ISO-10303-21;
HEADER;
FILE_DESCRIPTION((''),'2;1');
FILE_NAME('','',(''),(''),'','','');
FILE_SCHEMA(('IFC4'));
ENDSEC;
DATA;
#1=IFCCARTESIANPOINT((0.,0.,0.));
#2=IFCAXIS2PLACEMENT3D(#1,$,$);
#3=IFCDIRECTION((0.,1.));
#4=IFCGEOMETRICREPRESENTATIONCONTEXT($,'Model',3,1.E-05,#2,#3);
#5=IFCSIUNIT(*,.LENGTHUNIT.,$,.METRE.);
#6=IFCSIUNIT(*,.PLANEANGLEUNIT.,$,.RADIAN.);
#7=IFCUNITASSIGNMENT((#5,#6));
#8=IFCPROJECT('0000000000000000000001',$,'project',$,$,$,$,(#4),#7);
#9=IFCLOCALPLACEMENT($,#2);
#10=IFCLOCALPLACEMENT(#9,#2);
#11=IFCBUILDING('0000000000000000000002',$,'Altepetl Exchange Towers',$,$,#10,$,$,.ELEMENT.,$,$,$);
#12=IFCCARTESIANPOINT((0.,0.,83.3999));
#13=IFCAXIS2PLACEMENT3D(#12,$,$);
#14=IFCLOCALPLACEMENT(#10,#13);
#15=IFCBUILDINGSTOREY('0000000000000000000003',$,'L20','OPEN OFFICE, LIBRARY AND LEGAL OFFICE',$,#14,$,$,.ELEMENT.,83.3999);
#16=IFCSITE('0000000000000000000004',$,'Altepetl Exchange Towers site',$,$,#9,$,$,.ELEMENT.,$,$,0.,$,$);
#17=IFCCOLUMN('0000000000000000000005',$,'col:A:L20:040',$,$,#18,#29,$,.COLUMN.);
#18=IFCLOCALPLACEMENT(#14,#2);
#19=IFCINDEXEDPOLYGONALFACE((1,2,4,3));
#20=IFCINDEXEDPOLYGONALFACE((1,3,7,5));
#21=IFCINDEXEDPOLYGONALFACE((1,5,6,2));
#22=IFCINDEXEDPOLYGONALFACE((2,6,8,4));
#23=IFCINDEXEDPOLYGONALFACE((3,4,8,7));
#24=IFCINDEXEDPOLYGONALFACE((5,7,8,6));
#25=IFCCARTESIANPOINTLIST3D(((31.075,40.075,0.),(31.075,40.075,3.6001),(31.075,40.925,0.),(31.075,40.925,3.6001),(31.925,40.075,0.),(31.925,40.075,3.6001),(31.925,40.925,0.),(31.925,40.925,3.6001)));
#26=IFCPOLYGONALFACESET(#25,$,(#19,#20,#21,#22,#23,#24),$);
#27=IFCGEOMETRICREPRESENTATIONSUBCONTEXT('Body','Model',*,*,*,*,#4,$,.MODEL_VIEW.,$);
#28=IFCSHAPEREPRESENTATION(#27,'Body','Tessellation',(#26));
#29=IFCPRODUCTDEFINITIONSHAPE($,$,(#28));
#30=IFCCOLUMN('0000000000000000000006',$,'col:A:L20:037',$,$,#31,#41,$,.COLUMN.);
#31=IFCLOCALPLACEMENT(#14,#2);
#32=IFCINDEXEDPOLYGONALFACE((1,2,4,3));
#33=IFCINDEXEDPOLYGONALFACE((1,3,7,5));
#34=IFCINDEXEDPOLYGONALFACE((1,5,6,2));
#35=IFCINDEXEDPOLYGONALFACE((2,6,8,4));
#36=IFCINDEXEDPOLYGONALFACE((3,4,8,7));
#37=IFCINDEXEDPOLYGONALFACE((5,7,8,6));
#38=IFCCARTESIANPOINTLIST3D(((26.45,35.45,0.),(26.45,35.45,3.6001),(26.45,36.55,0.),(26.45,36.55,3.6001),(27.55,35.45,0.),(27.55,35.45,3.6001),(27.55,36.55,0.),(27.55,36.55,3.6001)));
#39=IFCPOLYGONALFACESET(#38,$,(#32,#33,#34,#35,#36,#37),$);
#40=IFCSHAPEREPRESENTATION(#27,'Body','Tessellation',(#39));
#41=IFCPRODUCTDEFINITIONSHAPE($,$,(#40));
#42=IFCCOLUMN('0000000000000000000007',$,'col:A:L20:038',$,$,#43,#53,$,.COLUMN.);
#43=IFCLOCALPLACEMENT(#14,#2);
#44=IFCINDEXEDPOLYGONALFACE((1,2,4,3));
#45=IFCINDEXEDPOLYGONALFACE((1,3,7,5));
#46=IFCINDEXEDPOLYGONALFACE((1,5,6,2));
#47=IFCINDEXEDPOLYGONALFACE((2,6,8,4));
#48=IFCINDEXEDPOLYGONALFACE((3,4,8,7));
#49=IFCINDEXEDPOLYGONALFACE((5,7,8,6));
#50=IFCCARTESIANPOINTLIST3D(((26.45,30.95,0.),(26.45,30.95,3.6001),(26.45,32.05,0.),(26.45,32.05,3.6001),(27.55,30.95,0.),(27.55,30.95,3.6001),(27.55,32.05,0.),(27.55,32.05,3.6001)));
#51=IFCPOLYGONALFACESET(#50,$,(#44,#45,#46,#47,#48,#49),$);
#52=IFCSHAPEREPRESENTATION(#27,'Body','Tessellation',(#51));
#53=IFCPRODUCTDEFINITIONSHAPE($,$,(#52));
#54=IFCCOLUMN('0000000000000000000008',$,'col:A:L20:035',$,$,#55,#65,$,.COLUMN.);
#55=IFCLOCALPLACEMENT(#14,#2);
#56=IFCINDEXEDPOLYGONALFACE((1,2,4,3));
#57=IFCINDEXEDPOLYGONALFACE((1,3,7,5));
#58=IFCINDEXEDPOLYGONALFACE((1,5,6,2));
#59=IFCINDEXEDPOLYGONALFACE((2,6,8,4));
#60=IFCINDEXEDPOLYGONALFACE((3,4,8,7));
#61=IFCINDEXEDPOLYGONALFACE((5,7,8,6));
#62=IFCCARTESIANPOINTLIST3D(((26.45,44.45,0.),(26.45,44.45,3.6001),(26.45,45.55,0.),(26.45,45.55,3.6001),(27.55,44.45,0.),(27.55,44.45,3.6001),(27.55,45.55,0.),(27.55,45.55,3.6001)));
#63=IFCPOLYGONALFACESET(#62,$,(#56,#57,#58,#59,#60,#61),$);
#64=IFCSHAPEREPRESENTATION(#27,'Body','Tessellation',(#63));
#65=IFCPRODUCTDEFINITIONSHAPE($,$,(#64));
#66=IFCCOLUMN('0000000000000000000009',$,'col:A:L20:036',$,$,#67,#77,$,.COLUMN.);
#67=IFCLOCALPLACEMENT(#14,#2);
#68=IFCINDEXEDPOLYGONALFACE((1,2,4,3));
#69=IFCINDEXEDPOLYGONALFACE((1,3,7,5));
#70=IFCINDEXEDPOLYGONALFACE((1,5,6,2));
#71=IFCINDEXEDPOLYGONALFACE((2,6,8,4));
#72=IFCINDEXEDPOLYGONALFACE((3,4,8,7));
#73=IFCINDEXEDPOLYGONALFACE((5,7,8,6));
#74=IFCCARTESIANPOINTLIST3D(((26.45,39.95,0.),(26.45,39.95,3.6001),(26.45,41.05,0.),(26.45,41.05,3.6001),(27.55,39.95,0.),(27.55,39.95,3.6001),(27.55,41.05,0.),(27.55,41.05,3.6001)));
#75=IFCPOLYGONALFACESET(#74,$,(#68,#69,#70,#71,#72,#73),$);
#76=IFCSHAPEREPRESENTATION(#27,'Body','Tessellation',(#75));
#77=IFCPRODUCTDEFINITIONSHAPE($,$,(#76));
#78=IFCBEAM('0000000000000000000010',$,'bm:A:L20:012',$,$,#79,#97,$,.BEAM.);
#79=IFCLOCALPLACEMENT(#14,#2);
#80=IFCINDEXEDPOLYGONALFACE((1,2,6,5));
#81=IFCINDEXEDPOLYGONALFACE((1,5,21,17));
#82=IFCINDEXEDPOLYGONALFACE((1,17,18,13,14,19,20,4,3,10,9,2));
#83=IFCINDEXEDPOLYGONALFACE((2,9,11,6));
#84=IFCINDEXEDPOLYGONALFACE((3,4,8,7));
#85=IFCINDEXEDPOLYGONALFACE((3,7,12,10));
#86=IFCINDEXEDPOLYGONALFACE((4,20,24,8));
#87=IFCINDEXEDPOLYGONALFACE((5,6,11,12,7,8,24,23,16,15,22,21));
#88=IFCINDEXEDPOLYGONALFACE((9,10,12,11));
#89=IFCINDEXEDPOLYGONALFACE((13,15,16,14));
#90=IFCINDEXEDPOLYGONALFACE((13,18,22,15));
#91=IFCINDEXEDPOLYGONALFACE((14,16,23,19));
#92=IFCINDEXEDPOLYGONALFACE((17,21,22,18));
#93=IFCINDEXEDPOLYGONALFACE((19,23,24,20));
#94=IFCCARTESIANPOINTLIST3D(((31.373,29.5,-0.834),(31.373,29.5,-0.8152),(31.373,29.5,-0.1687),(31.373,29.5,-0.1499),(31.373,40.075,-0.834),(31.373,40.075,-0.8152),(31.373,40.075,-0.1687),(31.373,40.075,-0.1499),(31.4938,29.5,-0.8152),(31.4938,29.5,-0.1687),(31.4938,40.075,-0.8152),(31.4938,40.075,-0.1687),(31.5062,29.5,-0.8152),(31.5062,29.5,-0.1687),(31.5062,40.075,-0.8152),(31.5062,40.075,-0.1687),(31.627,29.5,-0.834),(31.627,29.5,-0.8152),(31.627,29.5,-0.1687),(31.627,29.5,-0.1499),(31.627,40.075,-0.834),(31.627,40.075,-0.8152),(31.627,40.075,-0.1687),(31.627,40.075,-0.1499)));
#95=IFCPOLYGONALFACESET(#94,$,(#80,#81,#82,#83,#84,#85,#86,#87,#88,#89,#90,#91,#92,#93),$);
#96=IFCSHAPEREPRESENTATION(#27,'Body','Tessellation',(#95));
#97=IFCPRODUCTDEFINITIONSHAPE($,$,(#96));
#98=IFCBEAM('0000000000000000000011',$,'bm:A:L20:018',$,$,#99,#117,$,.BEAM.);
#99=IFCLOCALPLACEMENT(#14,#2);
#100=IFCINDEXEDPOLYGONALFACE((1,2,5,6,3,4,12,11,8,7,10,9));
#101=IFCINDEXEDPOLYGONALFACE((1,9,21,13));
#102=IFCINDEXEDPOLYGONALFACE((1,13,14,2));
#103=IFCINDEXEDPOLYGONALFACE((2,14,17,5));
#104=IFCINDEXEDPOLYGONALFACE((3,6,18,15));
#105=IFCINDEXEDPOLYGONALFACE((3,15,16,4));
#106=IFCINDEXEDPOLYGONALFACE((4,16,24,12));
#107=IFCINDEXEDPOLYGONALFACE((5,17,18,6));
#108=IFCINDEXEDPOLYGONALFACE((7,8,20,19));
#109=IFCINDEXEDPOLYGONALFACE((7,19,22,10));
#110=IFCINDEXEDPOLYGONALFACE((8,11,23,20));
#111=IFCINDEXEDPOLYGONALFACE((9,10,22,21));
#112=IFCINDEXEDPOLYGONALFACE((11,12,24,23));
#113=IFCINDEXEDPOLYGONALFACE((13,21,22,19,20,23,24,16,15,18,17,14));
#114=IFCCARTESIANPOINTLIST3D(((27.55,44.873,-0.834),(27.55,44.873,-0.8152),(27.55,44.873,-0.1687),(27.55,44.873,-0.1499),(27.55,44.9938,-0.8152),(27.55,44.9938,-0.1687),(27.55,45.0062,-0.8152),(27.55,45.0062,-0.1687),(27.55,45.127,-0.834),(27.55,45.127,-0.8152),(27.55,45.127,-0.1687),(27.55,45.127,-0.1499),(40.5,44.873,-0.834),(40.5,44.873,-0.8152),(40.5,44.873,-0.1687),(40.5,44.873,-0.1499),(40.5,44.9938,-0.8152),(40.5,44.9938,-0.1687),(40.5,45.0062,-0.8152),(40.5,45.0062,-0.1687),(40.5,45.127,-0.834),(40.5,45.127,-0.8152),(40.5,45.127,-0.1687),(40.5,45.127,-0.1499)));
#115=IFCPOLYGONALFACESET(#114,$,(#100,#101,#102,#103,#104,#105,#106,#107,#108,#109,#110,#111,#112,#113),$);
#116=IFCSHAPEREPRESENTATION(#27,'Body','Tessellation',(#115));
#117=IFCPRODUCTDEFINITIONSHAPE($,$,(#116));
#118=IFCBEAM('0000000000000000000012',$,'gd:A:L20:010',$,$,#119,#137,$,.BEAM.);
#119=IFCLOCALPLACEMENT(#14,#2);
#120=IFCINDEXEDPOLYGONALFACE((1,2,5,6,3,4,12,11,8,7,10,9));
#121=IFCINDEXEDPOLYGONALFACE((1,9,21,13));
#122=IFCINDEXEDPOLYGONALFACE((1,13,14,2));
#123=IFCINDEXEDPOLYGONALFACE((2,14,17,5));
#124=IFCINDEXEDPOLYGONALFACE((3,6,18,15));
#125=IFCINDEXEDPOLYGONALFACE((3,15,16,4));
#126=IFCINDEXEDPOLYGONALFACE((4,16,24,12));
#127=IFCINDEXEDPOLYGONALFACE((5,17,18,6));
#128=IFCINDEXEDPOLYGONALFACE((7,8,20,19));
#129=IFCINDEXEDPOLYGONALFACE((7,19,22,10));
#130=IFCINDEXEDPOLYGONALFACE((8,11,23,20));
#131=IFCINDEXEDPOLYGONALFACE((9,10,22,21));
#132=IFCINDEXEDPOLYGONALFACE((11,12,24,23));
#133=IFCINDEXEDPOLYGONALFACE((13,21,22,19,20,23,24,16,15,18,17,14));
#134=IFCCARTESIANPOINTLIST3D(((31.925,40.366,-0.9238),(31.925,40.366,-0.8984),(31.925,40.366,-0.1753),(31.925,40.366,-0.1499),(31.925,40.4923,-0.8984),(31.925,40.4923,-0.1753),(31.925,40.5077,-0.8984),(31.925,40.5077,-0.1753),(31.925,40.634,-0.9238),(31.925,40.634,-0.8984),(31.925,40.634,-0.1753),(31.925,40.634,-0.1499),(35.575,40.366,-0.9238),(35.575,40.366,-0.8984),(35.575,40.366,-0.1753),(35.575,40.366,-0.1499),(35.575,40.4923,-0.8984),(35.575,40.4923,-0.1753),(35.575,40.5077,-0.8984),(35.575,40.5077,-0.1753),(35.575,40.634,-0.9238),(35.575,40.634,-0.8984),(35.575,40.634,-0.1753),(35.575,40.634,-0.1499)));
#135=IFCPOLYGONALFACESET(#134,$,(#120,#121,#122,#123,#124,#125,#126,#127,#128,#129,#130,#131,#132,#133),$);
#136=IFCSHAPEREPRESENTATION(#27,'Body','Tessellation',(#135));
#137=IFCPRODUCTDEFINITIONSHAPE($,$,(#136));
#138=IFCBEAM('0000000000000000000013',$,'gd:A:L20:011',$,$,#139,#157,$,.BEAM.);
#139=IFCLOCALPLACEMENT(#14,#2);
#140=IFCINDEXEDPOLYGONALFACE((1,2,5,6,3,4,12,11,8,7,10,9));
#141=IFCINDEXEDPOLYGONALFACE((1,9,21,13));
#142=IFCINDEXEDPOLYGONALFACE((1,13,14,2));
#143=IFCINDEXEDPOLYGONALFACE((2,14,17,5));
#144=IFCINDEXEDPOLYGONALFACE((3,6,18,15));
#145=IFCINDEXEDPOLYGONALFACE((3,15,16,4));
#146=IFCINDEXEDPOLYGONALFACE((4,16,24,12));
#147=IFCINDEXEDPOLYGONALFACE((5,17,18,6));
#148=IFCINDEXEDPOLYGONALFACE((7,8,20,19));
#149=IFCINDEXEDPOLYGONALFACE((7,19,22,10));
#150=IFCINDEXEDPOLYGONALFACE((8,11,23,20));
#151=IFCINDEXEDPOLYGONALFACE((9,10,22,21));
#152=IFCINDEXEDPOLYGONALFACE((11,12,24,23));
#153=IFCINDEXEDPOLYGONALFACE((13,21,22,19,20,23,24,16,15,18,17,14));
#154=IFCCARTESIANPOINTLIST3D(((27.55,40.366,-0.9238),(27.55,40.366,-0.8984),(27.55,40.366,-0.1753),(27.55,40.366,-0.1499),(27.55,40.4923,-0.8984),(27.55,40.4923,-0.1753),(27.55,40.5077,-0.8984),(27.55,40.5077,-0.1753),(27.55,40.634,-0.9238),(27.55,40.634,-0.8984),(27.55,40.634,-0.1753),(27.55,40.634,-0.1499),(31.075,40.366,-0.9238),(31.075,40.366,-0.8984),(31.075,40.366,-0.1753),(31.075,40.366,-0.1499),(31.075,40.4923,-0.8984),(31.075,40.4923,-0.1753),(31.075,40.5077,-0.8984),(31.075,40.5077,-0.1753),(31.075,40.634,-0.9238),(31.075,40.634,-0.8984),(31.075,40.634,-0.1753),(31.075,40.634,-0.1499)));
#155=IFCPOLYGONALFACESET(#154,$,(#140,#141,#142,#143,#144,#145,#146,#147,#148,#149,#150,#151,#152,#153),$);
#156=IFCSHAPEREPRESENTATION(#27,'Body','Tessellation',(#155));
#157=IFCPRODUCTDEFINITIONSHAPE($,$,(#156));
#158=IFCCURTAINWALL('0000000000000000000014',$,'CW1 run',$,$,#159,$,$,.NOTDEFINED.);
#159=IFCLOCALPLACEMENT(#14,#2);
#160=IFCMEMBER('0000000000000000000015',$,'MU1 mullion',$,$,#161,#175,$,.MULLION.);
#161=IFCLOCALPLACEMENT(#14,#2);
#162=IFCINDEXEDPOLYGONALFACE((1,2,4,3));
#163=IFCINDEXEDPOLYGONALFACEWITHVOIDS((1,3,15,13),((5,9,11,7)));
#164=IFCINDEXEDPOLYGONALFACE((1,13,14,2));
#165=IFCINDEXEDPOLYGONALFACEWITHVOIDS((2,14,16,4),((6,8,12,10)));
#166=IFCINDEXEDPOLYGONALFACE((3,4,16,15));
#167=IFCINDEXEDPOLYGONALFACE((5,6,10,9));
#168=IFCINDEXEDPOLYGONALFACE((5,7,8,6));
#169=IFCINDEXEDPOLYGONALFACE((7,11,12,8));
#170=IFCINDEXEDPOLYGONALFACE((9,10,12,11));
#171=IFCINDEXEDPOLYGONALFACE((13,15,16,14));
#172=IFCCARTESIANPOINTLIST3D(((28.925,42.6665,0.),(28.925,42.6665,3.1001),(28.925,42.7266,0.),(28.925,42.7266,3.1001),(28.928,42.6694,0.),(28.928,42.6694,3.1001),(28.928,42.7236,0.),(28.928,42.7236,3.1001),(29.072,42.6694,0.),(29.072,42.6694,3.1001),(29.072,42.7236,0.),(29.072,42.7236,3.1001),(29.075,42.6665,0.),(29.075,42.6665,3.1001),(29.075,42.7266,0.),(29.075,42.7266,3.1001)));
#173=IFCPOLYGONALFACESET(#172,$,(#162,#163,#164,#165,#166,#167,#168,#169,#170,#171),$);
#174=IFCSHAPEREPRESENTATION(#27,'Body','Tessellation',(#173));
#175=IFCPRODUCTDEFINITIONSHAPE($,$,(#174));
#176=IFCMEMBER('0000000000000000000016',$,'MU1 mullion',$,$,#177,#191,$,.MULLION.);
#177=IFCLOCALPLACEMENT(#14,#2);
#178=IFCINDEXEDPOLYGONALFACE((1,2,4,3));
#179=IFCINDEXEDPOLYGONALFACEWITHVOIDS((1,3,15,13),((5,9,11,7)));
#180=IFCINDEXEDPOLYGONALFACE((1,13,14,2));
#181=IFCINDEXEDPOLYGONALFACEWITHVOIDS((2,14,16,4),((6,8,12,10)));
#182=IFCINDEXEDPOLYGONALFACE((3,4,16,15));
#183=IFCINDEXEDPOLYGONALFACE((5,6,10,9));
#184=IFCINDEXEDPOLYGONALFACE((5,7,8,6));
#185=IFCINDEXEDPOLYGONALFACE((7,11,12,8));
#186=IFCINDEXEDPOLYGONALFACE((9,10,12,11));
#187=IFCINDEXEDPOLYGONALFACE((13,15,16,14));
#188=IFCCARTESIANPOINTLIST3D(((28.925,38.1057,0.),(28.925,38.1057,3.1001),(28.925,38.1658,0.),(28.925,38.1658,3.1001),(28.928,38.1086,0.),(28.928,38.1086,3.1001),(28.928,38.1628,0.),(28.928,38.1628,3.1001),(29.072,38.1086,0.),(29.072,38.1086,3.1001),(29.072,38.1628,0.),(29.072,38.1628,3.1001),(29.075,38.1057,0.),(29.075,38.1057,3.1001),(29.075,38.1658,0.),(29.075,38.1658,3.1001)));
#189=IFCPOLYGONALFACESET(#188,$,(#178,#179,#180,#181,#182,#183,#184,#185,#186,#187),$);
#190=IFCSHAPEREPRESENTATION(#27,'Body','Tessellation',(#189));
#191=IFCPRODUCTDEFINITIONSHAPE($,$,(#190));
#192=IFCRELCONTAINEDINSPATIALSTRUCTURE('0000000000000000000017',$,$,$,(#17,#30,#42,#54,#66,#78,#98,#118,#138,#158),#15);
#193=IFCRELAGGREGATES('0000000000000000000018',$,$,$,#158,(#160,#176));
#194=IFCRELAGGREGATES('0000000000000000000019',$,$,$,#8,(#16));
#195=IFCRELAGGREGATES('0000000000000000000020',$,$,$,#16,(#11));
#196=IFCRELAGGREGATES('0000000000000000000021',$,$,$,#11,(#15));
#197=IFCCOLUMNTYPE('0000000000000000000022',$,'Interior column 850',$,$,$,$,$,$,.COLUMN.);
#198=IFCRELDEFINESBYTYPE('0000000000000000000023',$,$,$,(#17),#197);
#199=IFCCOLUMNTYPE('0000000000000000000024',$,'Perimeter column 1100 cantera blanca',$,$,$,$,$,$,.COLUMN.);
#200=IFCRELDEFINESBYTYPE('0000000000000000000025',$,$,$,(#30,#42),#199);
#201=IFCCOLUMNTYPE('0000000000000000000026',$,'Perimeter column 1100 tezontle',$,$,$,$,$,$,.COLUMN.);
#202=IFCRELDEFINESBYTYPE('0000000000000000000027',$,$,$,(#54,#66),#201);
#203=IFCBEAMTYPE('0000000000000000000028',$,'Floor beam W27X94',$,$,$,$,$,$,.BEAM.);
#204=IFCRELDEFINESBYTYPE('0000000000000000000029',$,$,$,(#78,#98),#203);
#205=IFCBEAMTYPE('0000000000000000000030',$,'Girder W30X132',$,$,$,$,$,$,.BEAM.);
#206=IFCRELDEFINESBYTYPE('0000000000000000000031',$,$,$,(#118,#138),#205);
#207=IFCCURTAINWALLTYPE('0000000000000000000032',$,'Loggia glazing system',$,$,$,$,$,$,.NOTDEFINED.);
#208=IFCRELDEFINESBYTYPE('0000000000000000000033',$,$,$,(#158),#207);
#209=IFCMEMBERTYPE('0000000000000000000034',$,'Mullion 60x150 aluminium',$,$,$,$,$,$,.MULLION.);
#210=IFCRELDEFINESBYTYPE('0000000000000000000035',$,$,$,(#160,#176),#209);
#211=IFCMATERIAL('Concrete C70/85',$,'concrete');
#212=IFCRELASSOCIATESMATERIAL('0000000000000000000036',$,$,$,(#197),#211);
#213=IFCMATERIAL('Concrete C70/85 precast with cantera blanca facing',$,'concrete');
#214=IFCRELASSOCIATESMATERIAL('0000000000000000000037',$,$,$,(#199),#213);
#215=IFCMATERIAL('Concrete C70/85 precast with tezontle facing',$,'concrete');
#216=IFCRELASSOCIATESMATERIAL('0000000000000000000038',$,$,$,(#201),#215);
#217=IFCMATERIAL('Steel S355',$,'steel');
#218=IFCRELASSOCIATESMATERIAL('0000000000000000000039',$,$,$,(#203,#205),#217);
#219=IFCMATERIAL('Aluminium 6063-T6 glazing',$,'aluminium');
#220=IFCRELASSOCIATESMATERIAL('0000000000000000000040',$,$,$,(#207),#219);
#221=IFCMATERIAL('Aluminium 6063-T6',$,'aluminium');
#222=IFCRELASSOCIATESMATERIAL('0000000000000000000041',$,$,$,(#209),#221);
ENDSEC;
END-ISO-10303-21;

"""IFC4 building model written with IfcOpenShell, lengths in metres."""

from ifc_helpers import new_model, si_unit, direction, frame, origin, origin_2d, place, context, subcontext, project, spatial, rectangle, hollow_rectangle, i_section, extrude, material, material_profile, profile_set, type_object, element, aggregate, save


model = new_model("IFC4")

# Units and contexts
model_context = context("Model", 3, precision=1e-05, world=origin(), true_north=direction((0.0, 1.0)))
body_context = subcontext(model_context, "Body", "Model", "MODEL_VIEW")
ifc_project = project(units=[si_unit("LENGTHUNIT", "METRE"), si_unit("PLANEANGLEUNIT", "RADIAN")], contexts=[model_context])

# Site, building, storey
site_placement = place(None, origin())
site = spatial("IfcSite", under=ifc_project, at=site_placement, Name="Altepetl Exchange Towers site", CompositionType="ELEMENT", RefElevation=0.0)
building_placement = place(site_placement, origin())
building = spatial("IfcBuilding", under=site, at=building_placement, Name="Altepetl Exchange Towers", CompositionType="ELEMENT")
storey_placement = place(building_placement, frame((0.0, 0.0, 83.3999)))
storey = spatial("IfcBuildingStorey", under=building, at=storey_placement, Name="L20", Description="OPEN OFFICE, LIBRARY AND LEGAL OFFICE", CompositionType="ELEMENT", Elevation=83.3999)

# Columns
ifc_material_1 = material(Name="Concrete C70/85", Category="concrete")
ifc_material_profile_1 = material_profile(ifc_material_1, rectangle(XDim=0.8501, YDim=0.8501, at=origin_2d()), Name="850 x 850")
ifc_profile_set_1 = profile_set([ifc_material_profile_1], Name="Concrete C70/85")
column_type_1 = type_object("IfcColumnType", Name="Interior column 850", PredefinedType="COLUMN", material=ifc_profile_set_1)
column_placement = place(storey_placement, frame((31.5, 40.5, 0.0)))
element("IfcColumn", 1, at=column_placement, inside=storey, type_object=column_type_1, Name="col:A:L20:040", PredefinedType="COLUMN", context=body_context, shape_type="SweptSolid", body=[
    extrude(rectangle(XDim=0.8501, YDim=0.8501, at=origin_2d()), origin(), (0.0, 0.0, 1.0), 3.6001),
])
ifc_material_2 = material(Name="Concrete C70/85 precast with cantera blanca facing", Category="concrete")
ifc_material_profile_2 = material_profile(ifc_material_2, rectangle(XDim=1.1001, YDim=1.1001, at=origin_2d()), Name="1100 x 1100")
ifc_profile_set_2 = profile_set([ifc_material_profile_2], Name="Concrete C70/85 precast with cantera blanca facing")
column_type_2 = type_object("IfcColumnType", Name="Perimeter column 1100 cantera blanca", PredefinedType="COLUMN", material=ifc_profile_set_2)
for number, where, name in (
    (2, (27.0, 36.0, 0.0), "col:A:L20:037"),
    (3, (27.0, 31.5, 0.0), "col:A:L20:038"),
):
    element("IfcColumn", number, at=place(storey_placement, frame(where)), inside=storey, type_object=column_type_2, Name=name, PredefinedType="COLUMN", context=body_context, shape_type="SweptSolid", body=[
        extrude(rectangle(XDim=1.1001, YDim=1.1001, at=origin_2d()), origin(), (0.0, 0.0, 1.0), 3.6001),
    ])
ifc_material_3 = material(Name="Concrete C70/85 precast with tezontle facing", Category="concrete")
ifc_material_profile_3 = material_profile(ifc_material_3, rectangle(XDim=1.1001, YDim=1.1001, at=origin_2d()), Name="1100 x 1100")
ifc_profile_set_3 = profile_set([ifc_material_profile_3], Name="Concrete C70/85 precast with tezontle facing")
column_type_3 = type_object("IfcColumnType", Name="Perimeter column 1100 tezontle", PredefinedType="COLUMN", material=ifc_profile_set_3)
for number, where, name in (
    (4, (27.0, 45.0, 0.0), "col:A:L20:035"),
    (5, (27.0, 40.5, 0.0), "col:A:L20:036"),
):
    element("IfcColumn", number, at=place(storey_placement, frame(where)), inside=storey, type_object=column_type_3, Name=name, PredefinedType="COLUMN", context=body_context, shape_type="SweptSolid", body=[
        extrude(rectangle(XDim=1.1001, YDim=1.1001, at=origin_2d()), origin(), (0.0, 0.0, 1.0), 3.6001),
    ])

# Beams
ifc_material_4 = material(Name="Steel S355", Category="steel")
ifc_material_profile_4 = material_profile(ifc_material_4, i_section(OverallWidth=0.2539, OverallDepth=0.6841, WebThickness=0.0125, FlangeThickness=0.0188, at=origin_2d()), Name="W27X94")
ifc_profile_set_4 = profile_set([ifc_material_profile_4], Name="Steel S355")
beam_type_1 = type_object("IfcBeamType", Name="Floor beam W27X94", PredefinedType="BEAM", material=ifc_profile_set_4)
beam_1_placement = place(storey_placement, frame((31.5, 29.5, -0.4919), z_axis=(0.0, 1.0, 0.0), x_axis=(-1.0, 0.0, 0.0)))
element("IfcBeam", 6, at=beam_1_placement, inside=storey, type_object=beam_type_1, Name="bm:A:L20:012", PredefinedType="BEAM", context=body_context, shape_type="SweptSolid", body=[
    extrude(i_section(OverallWidth=0.2539, OverallDepth=0.6841, WebThickness=0.0125, FlangeThickness=0.0188, at=origin_2d()), origin(), (0.0, 0.0, 1.0), 10.575),
])
beam_2_placement = place(storey_placement, frame((27.55, 45.0, -0.4919), z_axis=(1.0, 0.0, 0.0), x_axis=(0.0, 1.0, 0.0)))
element("IfcBeam", 7, at=beam_2_placement, inside=storey, type_object=beam_type_1, Name="bm:A:L20:018", PredefinedType="BEAM", context=body_context, shape_type="SweptSolid", body=[
    extrude(i_section(OverallWidth=0.2539, OverallDepth=0.6841, WebThickness=0.0125, FlangeThickness=0.0188, at=origin_2d()), origin(), (0.0, 0.0, 1.0), 12.95),
])
ifc_material_profile_5 = material_profile(ifc_material_4, i_section(OverallWidth=0.2681, OverallDepth=0.7739, WebThickness=0.0154, FlangeThickness=0.0254, at=origin_2d()), Name="W30X132")
ifc_profile_set_5 = profile_set([ifc_material_profile_5], Name="Steel S355")
beam_type_2 = type_object("IfcBeamType", Name="Girder W30X132", PredefinedType="BEAM", material=ifc_profile_set_5)
beam_3_placement = place(storey_placement, frame((35.575, 40.5, -0.5369), z_axis=(-1.0, 0.0, 0.0), x_axis=(0.0, -1.0, 0.0)))
element("IfcBeam", 8, at=beam_3_placement, inside=storey, type_object=beam_type_2, Name="gd:A:L20:010", PredefinedType="BEAM", context=body_context, shape_type="SweptSolid", body=[
    extrude(i_section(OverallWidth=0.2681, OverallDepth=0.7739, WebThickness=0.0154, FlangeThickness=0.0254, at=origin_2d()), origin(), (0.0, 0.0, 1.0), 3.6499),
])
beam_4_placement = place(storey_placement, frame((31.075, 40.5, -0.5369), z_axis=(-1.0, 0.0, 0.0), x_axis=(0.0, -1.0, 0.0)))
element("IfcBeam", 9, at=beam_4_placement, inside=storey, type_object=beam_type_2, Name="gd:A:L20:011", PredefinedType="BEAM", context=body_context, shape_type="SweptSolid", body=[
    extrude(i_section(OverallWidth=0.2681, OverallDepth=0.7739, WebThickness=0.0154, FlangeThickness=0.0254, at=origin_2d()), origin(), (0.0, 0.0, 1.0), 3.5249),
])

# Curtain wall, members
ifc_material_5 = material(Name="Aluminium 6063-T6 glazing", Category="aluminium")
curtain_wall_type = type_object("IfcCurtainWallType", Name="Loggia glazing system", PredefinedType="NOTDEFINED", material=ifc_material_5)
curtain_wall_1_placement = place(storey_placement, origin())
curtain_wall_1 = element("IfcCurtainWall", 10, at=curtain_wall_1_placement, inside=storey, type_object=curtain_wall_type, Name="CW1 run", PredefinedType="NOTDEFINED")
ifc_material_6 = material(Name="Aluminium 6063-T6", Category="aluminium")
ifc_material_profile_6 = material_profile(ifc_material_6, hollow_rectangle(XDim=0.0601, YDim=0.1499, WallThickness=0.0029, at=origin_2d()), Name="Mullion 60x150 aluminium")
ifc_profile_set_6 = profile_set([ifc_material_profile_6], Name="Aluminium 6063-T6")
member_type = type_object("IfcMemberType", Name="Mullion 60x150 aluminium", PredefinedType="MULLION", material=ifc_profile_set_6)
member_1_placement = place(storey_placement, frame((29.0, 42.6965, 0.0), z_axis=(0.0, 0.0, 1.0), x_axis=(0.0, -1.0, 0.0)))
member_1 = element("IfcMember", 11, at=member_1_placement, type_object=member_type, Name="MU1 mullion", PredefinedType="MULLION", context=body_context, shape_type="SweptSolid", body=[
    extrude(hollow_rectangle(XDim=0.0601, YDim=0.1499, WallThickness=0.0029, at=origin_2d()), origin(), (0.0, 0.0, 1.0), 3.1001),
])
member_2_placement = place(storey_placement, frame((29.0, 38.1357, 0.0), z_axis=(0.0, 0.0, 1.0), x_axis=(0.0, -1.0, 0.0)))
member_2 = element("IfcMember", 12, at=member_2_placement, type_object=member_type, Name="MU1 mullion", PredefinedType="MULLION", context=body_context, shape_type="SweptSolid", body=[
    extrude(hollow_rectangle(XDim=0.0601, YDim=0.1499, WallThickness=0.0029, at=origin_2d()), origin(), (0.0, 0.0, 1.0), 3.1001),
])

aggregate(curtain_wall_1, [member_1, member_2])

save(model, "model.ifc")
